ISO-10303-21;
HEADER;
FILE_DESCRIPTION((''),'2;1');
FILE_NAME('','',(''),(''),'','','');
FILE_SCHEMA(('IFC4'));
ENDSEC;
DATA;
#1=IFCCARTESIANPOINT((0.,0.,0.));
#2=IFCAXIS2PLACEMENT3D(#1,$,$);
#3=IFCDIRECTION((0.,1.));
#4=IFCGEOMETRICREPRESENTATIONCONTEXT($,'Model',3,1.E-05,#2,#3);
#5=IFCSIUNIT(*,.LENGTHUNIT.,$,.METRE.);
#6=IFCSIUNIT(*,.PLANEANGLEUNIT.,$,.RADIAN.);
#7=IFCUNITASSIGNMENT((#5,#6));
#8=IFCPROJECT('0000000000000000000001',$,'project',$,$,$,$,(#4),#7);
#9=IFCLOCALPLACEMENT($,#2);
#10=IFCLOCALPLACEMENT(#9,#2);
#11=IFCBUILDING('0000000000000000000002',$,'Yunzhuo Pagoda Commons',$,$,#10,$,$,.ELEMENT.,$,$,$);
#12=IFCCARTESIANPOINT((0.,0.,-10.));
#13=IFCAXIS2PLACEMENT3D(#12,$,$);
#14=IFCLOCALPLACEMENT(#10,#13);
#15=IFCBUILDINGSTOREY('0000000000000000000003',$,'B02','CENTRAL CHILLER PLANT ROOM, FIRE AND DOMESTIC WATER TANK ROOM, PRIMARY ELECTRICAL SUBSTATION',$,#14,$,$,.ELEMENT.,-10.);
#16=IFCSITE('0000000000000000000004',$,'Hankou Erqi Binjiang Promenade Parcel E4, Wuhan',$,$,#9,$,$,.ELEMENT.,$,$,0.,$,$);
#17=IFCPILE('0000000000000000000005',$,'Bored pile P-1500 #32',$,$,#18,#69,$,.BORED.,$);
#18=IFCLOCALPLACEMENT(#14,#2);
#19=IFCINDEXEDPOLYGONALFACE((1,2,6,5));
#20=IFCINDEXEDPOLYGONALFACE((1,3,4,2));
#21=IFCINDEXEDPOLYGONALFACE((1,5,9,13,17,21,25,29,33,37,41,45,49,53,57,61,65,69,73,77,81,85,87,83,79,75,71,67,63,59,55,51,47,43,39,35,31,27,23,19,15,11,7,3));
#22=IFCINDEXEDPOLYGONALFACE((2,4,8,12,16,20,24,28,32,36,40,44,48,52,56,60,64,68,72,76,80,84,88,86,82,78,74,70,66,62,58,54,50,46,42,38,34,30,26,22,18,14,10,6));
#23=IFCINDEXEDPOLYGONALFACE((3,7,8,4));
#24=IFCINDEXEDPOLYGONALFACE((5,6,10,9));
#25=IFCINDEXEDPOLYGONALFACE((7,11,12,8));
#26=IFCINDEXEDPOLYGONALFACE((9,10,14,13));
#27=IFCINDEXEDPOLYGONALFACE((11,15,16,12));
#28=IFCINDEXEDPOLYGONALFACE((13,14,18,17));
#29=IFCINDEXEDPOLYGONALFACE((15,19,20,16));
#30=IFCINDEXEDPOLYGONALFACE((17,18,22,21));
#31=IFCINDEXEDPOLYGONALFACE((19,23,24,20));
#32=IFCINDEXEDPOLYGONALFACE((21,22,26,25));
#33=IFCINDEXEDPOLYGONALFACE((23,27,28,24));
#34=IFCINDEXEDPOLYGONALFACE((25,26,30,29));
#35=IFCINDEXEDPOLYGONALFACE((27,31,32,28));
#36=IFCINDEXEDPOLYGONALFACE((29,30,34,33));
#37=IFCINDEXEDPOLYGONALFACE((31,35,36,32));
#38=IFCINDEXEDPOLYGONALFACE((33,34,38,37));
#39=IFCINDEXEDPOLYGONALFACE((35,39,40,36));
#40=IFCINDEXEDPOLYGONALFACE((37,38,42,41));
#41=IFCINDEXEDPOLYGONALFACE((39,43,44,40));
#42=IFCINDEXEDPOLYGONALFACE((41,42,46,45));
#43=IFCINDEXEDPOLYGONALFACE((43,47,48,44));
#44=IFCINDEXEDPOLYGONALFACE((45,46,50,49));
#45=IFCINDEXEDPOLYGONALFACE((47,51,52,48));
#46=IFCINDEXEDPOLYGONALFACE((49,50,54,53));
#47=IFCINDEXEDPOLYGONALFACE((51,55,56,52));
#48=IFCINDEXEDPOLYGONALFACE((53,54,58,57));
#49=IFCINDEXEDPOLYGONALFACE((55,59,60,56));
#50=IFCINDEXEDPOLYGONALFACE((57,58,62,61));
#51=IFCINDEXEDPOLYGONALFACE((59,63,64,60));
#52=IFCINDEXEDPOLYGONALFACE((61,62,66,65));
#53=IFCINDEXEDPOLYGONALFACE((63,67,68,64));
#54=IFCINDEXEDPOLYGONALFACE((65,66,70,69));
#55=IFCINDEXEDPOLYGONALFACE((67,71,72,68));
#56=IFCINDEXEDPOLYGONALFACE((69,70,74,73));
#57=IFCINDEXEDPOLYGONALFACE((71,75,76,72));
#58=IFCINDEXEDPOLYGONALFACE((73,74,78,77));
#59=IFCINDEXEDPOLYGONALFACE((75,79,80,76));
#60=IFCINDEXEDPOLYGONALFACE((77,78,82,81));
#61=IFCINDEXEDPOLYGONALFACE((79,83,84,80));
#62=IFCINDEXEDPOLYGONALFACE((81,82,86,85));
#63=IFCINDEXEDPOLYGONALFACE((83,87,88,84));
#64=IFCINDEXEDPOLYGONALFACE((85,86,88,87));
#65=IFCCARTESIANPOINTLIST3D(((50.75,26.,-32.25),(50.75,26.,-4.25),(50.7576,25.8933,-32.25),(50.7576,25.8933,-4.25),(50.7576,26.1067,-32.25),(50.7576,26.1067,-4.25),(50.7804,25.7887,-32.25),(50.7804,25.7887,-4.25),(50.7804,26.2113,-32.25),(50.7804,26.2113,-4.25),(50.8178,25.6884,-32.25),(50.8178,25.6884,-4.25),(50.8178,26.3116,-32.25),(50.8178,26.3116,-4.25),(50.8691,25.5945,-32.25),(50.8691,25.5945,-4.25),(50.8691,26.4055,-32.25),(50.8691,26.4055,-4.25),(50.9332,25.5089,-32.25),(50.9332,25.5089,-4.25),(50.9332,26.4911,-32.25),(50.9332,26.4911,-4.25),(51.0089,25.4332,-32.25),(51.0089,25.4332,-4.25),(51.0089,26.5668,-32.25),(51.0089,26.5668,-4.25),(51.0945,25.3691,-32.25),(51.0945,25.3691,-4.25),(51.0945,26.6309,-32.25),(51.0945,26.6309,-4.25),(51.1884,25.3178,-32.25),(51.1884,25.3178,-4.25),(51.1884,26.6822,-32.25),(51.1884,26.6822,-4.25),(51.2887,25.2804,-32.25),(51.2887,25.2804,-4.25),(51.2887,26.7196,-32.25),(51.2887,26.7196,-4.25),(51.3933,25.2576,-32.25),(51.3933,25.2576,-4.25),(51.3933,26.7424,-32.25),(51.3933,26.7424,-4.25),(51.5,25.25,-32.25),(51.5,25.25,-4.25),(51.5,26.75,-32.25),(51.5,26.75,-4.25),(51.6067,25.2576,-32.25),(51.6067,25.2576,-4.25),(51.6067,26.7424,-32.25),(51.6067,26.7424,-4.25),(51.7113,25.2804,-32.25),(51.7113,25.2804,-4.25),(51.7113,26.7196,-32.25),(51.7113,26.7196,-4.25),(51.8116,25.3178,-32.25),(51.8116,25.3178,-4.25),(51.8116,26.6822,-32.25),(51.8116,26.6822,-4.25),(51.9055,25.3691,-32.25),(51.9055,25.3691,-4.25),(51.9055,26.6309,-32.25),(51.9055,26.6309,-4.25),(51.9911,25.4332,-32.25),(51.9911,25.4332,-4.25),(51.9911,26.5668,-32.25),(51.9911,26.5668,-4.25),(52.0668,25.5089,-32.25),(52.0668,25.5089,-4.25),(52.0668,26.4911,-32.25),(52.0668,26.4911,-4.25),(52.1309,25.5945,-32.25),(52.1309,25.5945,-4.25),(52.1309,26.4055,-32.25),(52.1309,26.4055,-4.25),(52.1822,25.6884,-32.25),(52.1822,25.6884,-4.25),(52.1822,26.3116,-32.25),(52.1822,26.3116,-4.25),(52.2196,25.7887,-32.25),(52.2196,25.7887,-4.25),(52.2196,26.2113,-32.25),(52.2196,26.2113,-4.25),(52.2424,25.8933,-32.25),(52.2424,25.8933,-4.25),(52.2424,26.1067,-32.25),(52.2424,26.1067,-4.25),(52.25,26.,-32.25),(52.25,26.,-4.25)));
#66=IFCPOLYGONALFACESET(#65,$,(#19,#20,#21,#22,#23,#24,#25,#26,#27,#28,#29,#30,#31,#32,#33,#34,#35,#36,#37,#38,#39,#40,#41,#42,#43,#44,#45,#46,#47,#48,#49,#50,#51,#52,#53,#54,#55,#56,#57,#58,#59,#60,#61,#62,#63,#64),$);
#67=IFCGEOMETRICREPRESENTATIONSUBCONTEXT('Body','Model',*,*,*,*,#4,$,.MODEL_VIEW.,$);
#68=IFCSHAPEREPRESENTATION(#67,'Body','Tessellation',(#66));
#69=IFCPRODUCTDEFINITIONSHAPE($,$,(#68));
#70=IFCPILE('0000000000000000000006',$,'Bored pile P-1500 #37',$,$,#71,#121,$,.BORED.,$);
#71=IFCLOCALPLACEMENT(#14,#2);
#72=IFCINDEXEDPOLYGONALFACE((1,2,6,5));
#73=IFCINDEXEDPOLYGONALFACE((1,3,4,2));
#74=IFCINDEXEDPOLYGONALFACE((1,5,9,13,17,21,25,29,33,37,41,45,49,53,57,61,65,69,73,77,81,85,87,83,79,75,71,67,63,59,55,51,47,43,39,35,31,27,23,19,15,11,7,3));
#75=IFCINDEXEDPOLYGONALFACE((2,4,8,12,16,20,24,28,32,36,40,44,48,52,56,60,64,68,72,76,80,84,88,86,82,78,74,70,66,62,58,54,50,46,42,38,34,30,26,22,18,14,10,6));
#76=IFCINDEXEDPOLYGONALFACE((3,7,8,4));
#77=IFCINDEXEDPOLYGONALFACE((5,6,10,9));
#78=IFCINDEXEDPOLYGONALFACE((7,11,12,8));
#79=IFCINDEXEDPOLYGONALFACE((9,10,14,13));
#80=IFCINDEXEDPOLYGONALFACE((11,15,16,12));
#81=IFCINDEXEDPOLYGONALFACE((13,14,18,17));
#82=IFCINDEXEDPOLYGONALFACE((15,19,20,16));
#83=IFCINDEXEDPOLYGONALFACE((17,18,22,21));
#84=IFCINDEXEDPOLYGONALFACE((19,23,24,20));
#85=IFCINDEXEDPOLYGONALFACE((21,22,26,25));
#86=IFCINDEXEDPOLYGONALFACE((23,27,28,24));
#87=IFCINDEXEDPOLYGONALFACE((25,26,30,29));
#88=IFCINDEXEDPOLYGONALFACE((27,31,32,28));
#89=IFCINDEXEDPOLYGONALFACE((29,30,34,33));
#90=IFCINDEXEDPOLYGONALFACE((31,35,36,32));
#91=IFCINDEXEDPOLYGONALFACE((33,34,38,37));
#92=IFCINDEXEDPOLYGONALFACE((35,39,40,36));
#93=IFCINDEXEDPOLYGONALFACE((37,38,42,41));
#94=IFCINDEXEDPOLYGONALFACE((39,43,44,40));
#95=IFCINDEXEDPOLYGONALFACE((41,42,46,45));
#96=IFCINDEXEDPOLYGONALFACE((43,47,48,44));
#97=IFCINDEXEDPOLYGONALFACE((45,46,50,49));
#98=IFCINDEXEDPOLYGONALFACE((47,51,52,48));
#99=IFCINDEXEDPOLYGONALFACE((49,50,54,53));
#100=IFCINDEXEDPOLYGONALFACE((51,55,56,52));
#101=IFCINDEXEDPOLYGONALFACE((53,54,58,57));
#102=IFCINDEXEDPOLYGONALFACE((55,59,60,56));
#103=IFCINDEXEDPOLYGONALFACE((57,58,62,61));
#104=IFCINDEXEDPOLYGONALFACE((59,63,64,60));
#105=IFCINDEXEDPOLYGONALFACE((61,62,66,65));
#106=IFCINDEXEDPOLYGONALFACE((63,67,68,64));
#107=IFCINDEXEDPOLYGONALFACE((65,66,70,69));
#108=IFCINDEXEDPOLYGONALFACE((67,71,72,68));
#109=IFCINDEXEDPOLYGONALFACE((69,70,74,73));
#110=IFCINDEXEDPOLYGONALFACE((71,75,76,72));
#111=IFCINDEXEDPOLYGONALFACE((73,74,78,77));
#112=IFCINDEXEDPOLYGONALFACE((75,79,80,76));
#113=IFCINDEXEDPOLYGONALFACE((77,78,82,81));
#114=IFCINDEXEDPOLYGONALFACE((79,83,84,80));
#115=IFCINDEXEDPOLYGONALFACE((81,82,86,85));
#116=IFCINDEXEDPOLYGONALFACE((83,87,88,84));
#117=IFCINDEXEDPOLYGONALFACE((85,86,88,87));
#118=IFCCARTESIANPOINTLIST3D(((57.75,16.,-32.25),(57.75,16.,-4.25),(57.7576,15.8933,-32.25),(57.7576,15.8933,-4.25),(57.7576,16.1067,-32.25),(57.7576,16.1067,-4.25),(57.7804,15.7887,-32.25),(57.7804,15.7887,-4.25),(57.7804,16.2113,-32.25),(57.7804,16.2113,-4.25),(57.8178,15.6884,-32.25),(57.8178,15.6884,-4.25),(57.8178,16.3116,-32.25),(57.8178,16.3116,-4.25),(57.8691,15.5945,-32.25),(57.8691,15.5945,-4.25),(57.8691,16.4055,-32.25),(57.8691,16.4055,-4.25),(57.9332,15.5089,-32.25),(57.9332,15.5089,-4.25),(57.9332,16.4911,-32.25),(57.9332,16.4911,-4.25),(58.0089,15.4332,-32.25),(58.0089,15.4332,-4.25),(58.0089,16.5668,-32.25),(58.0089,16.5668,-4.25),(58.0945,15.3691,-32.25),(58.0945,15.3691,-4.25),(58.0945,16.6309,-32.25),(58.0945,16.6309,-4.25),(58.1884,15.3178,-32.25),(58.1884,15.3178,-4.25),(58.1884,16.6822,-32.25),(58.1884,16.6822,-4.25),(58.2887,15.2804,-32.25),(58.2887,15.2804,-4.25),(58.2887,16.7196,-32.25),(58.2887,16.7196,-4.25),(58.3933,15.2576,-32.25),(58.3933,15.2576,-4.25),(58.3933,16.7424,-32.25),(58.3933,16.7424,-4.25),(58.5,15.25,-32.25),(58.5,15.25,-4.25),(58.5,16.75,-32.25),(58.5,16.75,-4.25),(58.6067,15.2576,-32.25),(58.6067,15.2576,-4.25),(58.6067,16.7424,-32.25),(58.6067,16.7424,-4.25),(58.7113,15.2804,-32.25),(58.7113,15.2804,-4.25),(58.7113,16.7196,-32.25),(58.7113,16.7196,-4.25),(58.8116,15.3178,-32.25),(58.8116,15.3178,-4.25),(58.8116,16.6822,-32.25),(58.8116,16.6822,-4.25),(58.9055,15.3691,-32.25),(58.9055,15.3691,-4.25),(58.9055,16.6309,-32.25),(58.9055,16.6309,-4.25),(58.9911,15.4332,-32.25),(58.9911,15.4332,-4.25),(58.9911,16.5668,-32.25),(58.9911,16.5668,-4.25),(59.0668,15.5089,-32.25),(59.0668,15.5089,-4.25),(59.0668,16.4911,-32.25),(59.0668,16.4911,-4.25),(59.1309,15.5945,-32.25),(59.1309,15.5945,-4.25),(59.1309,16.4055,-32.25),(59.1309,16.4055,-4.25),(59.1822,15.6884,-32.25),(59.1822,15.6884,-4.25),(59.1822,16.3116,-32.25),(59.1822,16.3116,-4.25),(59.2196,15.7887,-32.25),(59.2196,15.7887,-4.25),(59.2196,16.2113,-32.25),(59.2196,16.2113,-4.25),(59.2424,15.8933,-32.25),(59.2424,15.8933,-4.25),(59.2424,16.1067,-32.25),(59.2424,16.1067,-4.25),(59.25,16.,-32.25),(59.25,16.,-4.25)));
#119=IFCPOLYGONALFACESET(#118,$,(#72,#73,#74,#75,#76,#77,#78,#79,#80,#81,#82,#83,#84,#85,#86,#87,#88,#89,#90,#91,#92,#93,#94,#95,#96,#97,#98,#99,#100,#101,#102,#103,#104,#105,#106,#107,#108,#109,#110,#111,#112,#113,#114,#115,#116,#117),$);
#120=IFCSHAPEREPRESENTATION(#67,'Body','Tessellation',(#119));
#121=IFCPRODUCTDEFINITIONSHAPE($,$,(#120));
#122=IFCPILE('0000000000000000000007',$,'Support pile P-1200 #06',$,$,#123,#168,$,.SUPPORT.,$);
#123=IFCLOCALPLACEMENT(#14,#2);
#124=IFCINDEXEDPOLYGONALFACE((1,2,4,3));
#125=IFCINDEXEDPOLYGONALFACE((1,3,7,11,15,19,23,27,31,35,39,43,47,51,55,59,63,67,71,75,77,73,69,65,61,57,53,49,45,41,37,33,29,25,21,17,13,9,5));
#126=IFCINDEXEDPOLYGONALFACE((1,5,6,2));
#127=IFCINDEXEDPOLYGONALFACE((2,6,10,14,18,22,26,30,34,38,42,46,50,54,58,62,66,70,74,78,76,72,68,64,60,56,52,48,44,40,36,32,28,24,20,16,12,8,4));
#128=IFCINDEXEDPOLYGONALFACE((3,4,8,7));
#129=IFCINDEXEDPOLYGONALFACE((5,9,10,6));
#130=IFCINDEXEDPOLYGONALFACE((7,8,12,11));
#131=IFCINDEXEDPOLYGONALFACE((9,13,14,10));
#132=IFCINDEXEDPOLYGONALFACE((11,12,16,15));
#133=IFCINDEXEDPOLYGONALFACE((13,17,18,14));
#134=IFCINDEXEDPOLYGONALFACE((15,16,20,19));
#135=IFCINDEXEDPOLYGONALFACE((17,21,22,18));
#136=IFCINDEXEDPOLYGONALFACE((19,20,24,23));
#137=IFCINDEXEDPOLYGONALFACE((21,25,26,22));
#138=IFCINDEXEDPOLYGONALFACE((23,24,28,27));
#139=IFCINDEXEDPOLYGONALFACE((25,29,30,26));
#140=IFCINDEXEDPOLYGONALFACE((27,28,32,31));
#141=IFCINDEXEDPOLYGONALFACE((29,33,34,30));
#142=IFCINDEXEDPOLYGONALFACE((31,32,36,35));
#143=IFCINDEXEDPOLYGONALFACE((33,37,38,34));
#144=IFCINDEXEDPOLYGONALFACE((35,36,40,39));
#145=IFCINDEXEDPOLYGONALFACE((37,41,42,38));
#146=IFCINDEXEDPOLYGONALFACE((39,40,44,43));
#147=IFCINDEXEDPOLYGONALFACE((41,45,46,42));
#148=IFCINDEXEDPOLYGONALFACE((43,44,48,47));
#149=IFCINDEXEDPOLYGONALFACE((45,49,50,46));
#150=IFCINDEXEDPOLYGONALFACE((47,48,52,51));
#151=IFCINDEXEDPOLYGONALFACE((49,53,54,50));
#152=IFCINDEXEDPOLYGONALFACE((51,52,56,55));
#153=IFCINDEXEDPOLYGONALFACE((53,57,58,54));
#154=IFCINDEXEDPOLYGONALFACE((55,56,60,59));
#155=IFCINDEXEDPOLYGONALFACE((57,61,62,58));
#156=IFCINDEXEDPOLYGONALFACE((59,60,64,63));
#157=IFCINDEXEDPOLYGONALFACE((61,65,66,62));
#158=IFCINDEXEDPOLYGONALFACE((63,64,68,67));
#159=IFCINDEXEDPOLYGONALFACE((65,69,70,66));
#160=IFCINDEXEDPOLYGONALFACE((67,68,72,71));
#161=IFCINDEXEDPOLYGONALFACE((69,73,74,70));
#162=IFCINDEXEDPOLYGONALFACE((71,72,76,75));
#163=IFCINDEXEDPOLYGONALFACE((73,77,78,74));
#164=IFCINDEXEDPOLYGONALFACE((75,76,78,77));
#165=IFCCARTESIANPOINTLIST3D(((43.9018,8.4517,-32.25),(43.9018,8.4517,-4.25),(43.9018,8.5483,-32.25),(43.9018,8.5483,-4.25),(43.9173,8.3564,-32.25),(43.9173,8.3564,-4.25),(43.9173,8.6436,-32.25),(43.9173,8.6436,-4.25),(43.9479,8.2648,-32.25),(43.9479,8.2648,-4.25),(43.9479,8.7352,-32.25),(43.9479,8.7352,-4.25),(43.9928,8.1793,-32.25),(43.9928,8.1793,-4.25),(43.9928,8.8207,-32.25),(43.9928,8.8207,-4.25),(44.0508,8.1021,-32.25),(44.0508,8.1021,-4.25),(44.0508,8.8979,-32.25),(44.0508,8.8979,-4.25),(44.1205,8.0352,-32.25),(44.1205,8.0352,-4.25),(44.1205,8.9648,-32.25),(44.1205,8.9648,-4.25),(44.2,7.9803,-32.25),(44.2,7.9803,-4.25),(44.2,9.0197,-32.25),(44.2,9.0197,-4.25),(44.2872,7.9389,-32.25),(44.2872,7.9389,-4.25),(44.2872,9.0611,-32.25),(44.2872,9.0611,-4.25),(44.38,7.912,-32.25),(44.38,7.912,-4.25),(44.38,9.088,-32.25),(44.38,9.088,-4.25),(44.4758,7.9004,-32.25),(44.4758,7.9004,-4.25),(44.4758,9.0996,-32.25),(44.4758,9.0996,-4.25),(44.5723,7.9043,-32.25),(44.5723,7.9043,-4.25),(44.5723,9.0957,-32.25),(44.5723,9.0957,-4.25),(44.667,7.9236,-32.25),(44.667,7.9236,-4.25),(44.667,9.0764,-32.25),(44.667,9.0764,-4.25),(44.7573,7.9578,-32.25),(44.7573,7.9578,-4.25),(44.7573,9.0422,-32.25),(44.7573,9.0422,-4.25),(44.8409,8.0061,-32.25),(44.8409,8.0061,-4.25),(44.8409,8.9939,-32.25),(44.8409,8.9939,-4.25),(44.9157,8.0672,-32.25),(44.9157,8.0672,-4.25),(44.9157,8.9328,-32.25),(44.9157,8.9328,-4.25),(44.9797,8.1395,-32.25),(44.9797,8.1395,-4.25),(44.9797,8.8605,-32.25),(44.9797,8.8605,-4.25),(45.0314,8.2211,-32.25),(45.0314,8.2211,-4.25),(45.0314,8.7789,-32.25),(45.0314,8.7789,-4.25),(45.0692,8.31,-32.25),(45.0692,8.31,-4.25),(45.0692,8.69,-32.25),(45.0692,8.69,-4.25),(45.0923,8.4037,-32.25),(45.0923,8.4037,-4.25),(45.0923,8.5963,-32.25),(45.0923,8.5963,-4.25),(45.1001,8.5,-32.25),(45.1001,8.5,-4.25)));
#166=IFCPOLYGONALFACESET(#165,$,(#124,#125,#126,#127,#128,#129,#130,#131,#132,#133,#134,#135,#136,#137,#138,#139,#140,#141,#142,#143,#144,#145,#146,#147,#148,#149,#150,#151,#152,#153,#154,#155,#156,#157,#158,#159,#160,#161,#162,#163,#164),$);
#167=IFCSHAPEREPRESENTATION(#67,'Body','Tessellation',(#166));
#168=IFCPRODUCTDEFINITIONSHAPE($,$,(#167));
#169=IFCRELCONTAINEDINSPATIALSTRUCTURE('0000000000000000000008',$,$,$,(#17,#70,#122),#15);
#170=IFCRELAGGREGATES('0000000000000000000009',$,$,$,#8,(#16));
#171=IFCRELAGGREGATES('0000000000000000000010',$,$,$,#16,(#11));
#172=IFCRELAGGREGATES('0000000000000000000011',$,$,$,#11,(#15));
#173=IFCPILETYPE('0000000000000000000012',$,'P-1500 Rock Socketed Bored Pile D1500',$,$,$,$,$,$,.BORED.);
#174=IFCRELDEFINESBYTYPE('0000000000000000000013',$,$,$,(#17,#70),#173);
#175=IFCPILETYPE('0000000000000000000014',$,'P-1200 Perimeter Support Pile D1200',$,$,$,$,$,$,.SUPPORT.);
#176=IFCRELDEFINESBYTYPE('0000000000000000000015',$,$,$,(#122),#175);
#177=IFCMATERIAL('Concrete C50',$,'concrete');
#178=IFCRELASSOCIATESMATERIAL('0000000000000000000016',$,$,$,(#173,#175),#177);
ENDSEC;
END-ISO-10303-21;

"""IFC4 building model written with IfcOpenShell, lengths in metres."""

from ifc_helpers import new_model, si_unit, direction, frame, origin, origin_2d, place, context, subcontext, project, spatial, circle, extrude, source, transform, mapped, material, material_profile, profile_set, type_object, element, save


model = new_model("IFC4")

# Units and contexts
model_context = context("Model", 3, precision=1e-05, world=origin(), true_north=direction((0.0, 1.0)))
body_context = subcontext(model_context, "Body", "Model", "MODEL_VIEW")
ifc_project = project(units=[si_unit("LENGTHUNIT", "METRE"), si_unit("PLANEANGLEUNIT", "RADIAN")], contexts=[model_context])

# Site, building, storey
site_placement = place(None, origin())
site = spatial("IfcSite", under=ifc_project, at=site_placement, Name="Hankou Erqi Binjiang Promenade Parcel E4, Wuhan", CompositionType="ELEMENT", RefElevation=0.0)
building_placement = place(site_placement, origin())
building = spatial("IfcBuilding", under=site, at=building_placement, Name="Yunzhuo Pagoda Commons", CompositionType="ELEMENT")
storey_placement = place(building_placement, frame((0.0, 0.0, -10.0)))
storey = spatial("IfcBuildingStorey", under=building, at=storey_placement, Name="B02", Description="CENTRAL CHILLER PLANT ROOM, FIRE AND DOMESTIC WATER TANK ROOM, PRIMARY ELECTRICAL SUBSTATION", CompositionType="ELEMENT", Elevation=-10.0)

# Piles
ifc_material_1 = material(Name="Concrete C50", Category="concrete")
ifc_material_profile_1 = material_profile(ifc_material_1, circle(Radius=0.75, at=origin_2d()), Name="Concrete C50")
ifc_profile_set_1 = profile_set([ifc_material_profile_1], Name="Concrete C50")
pile_type_1 = type_object("IfcPileType", Name="P-1500 Rock Socketed Bored Pile D1500", PredefinedType="BORED", material=ifc_profile_set_1)
shared_shape_1 = source(origin(), body_context, "Body", "SweptSolid", [
    extrude(circle(Radius=0.75, at=origin_2d()), origin(), (0.0, 0.0, 1.0), 28.0),
])
for number, where, z_axis, x_axis, name in (
    (1, (51.5, 26.0, -4.25), (0.0, 0.0, -1.0), (1.0, 0.0, 0.0), "Bored pile P-1500 #32"),
    (2, (58.5, 16.0, -4.25), (0.0, 0.0, -1.0), (1.0, 0.0, 0.0), "Bored pile P-1500 #37"),
):
    element("IfcPile", number, at=place(storey_placement, frame(where, z_axis=z_axis, x_axis=x_axis)), inside=storey, type_object=pile_type_1, Name=name, PredefinedType="BORED", context=body_context, shape_type="MappedRepresentation", body=[
        mapped(shared_shape_1, transform((0.0, 0.0, 0.0), scale=1.0)),
    ])
ifc_material_profile_2 = material_profile(ifc_material_1, circle(Radius=0.6001, at=origin_2d()), Name="Concrete C50")
ifc_profile_set_2 = profile_set([ifc_material_profile_2], Name="Concrete C50")
pile_type_2 = type_object("IfcPileType", Name="P-1200 Perimeter Support Pile D1200", PredefinedType="SUPPORT", material=ifc_profile_set_2)
shared_shape_2 = source(origin(), body_context, "Body", "SweptSolid", [
    extrude(circle(Radius=0.6001, at=origin_2d()), origin(), (0.0, 0.0, 1.0), 28.0),
])
for number, where, z_axis, x_axis, name in (
    (3, (44.5, 8.5, -4.25), (0.0, 0.0, -1.0), (1.0, 0.0, 0.0), "Support pile P-1200 #06"),
):
    element("IfcPile", number, at=place(storey_placement, frame(where, z_axis=z_axis, x_axis=x_axis)), inside=storey, type_object=pile_type_2, Name=name, PredefinedType="SUPPORT", context=body_context, shape_type="MappedRepresentation", body=[
        mapped(shared_shape_2, transform((0.0, 0.0, 0.0), scale=1.0)),
    ])

save(model, "model.ifc")
